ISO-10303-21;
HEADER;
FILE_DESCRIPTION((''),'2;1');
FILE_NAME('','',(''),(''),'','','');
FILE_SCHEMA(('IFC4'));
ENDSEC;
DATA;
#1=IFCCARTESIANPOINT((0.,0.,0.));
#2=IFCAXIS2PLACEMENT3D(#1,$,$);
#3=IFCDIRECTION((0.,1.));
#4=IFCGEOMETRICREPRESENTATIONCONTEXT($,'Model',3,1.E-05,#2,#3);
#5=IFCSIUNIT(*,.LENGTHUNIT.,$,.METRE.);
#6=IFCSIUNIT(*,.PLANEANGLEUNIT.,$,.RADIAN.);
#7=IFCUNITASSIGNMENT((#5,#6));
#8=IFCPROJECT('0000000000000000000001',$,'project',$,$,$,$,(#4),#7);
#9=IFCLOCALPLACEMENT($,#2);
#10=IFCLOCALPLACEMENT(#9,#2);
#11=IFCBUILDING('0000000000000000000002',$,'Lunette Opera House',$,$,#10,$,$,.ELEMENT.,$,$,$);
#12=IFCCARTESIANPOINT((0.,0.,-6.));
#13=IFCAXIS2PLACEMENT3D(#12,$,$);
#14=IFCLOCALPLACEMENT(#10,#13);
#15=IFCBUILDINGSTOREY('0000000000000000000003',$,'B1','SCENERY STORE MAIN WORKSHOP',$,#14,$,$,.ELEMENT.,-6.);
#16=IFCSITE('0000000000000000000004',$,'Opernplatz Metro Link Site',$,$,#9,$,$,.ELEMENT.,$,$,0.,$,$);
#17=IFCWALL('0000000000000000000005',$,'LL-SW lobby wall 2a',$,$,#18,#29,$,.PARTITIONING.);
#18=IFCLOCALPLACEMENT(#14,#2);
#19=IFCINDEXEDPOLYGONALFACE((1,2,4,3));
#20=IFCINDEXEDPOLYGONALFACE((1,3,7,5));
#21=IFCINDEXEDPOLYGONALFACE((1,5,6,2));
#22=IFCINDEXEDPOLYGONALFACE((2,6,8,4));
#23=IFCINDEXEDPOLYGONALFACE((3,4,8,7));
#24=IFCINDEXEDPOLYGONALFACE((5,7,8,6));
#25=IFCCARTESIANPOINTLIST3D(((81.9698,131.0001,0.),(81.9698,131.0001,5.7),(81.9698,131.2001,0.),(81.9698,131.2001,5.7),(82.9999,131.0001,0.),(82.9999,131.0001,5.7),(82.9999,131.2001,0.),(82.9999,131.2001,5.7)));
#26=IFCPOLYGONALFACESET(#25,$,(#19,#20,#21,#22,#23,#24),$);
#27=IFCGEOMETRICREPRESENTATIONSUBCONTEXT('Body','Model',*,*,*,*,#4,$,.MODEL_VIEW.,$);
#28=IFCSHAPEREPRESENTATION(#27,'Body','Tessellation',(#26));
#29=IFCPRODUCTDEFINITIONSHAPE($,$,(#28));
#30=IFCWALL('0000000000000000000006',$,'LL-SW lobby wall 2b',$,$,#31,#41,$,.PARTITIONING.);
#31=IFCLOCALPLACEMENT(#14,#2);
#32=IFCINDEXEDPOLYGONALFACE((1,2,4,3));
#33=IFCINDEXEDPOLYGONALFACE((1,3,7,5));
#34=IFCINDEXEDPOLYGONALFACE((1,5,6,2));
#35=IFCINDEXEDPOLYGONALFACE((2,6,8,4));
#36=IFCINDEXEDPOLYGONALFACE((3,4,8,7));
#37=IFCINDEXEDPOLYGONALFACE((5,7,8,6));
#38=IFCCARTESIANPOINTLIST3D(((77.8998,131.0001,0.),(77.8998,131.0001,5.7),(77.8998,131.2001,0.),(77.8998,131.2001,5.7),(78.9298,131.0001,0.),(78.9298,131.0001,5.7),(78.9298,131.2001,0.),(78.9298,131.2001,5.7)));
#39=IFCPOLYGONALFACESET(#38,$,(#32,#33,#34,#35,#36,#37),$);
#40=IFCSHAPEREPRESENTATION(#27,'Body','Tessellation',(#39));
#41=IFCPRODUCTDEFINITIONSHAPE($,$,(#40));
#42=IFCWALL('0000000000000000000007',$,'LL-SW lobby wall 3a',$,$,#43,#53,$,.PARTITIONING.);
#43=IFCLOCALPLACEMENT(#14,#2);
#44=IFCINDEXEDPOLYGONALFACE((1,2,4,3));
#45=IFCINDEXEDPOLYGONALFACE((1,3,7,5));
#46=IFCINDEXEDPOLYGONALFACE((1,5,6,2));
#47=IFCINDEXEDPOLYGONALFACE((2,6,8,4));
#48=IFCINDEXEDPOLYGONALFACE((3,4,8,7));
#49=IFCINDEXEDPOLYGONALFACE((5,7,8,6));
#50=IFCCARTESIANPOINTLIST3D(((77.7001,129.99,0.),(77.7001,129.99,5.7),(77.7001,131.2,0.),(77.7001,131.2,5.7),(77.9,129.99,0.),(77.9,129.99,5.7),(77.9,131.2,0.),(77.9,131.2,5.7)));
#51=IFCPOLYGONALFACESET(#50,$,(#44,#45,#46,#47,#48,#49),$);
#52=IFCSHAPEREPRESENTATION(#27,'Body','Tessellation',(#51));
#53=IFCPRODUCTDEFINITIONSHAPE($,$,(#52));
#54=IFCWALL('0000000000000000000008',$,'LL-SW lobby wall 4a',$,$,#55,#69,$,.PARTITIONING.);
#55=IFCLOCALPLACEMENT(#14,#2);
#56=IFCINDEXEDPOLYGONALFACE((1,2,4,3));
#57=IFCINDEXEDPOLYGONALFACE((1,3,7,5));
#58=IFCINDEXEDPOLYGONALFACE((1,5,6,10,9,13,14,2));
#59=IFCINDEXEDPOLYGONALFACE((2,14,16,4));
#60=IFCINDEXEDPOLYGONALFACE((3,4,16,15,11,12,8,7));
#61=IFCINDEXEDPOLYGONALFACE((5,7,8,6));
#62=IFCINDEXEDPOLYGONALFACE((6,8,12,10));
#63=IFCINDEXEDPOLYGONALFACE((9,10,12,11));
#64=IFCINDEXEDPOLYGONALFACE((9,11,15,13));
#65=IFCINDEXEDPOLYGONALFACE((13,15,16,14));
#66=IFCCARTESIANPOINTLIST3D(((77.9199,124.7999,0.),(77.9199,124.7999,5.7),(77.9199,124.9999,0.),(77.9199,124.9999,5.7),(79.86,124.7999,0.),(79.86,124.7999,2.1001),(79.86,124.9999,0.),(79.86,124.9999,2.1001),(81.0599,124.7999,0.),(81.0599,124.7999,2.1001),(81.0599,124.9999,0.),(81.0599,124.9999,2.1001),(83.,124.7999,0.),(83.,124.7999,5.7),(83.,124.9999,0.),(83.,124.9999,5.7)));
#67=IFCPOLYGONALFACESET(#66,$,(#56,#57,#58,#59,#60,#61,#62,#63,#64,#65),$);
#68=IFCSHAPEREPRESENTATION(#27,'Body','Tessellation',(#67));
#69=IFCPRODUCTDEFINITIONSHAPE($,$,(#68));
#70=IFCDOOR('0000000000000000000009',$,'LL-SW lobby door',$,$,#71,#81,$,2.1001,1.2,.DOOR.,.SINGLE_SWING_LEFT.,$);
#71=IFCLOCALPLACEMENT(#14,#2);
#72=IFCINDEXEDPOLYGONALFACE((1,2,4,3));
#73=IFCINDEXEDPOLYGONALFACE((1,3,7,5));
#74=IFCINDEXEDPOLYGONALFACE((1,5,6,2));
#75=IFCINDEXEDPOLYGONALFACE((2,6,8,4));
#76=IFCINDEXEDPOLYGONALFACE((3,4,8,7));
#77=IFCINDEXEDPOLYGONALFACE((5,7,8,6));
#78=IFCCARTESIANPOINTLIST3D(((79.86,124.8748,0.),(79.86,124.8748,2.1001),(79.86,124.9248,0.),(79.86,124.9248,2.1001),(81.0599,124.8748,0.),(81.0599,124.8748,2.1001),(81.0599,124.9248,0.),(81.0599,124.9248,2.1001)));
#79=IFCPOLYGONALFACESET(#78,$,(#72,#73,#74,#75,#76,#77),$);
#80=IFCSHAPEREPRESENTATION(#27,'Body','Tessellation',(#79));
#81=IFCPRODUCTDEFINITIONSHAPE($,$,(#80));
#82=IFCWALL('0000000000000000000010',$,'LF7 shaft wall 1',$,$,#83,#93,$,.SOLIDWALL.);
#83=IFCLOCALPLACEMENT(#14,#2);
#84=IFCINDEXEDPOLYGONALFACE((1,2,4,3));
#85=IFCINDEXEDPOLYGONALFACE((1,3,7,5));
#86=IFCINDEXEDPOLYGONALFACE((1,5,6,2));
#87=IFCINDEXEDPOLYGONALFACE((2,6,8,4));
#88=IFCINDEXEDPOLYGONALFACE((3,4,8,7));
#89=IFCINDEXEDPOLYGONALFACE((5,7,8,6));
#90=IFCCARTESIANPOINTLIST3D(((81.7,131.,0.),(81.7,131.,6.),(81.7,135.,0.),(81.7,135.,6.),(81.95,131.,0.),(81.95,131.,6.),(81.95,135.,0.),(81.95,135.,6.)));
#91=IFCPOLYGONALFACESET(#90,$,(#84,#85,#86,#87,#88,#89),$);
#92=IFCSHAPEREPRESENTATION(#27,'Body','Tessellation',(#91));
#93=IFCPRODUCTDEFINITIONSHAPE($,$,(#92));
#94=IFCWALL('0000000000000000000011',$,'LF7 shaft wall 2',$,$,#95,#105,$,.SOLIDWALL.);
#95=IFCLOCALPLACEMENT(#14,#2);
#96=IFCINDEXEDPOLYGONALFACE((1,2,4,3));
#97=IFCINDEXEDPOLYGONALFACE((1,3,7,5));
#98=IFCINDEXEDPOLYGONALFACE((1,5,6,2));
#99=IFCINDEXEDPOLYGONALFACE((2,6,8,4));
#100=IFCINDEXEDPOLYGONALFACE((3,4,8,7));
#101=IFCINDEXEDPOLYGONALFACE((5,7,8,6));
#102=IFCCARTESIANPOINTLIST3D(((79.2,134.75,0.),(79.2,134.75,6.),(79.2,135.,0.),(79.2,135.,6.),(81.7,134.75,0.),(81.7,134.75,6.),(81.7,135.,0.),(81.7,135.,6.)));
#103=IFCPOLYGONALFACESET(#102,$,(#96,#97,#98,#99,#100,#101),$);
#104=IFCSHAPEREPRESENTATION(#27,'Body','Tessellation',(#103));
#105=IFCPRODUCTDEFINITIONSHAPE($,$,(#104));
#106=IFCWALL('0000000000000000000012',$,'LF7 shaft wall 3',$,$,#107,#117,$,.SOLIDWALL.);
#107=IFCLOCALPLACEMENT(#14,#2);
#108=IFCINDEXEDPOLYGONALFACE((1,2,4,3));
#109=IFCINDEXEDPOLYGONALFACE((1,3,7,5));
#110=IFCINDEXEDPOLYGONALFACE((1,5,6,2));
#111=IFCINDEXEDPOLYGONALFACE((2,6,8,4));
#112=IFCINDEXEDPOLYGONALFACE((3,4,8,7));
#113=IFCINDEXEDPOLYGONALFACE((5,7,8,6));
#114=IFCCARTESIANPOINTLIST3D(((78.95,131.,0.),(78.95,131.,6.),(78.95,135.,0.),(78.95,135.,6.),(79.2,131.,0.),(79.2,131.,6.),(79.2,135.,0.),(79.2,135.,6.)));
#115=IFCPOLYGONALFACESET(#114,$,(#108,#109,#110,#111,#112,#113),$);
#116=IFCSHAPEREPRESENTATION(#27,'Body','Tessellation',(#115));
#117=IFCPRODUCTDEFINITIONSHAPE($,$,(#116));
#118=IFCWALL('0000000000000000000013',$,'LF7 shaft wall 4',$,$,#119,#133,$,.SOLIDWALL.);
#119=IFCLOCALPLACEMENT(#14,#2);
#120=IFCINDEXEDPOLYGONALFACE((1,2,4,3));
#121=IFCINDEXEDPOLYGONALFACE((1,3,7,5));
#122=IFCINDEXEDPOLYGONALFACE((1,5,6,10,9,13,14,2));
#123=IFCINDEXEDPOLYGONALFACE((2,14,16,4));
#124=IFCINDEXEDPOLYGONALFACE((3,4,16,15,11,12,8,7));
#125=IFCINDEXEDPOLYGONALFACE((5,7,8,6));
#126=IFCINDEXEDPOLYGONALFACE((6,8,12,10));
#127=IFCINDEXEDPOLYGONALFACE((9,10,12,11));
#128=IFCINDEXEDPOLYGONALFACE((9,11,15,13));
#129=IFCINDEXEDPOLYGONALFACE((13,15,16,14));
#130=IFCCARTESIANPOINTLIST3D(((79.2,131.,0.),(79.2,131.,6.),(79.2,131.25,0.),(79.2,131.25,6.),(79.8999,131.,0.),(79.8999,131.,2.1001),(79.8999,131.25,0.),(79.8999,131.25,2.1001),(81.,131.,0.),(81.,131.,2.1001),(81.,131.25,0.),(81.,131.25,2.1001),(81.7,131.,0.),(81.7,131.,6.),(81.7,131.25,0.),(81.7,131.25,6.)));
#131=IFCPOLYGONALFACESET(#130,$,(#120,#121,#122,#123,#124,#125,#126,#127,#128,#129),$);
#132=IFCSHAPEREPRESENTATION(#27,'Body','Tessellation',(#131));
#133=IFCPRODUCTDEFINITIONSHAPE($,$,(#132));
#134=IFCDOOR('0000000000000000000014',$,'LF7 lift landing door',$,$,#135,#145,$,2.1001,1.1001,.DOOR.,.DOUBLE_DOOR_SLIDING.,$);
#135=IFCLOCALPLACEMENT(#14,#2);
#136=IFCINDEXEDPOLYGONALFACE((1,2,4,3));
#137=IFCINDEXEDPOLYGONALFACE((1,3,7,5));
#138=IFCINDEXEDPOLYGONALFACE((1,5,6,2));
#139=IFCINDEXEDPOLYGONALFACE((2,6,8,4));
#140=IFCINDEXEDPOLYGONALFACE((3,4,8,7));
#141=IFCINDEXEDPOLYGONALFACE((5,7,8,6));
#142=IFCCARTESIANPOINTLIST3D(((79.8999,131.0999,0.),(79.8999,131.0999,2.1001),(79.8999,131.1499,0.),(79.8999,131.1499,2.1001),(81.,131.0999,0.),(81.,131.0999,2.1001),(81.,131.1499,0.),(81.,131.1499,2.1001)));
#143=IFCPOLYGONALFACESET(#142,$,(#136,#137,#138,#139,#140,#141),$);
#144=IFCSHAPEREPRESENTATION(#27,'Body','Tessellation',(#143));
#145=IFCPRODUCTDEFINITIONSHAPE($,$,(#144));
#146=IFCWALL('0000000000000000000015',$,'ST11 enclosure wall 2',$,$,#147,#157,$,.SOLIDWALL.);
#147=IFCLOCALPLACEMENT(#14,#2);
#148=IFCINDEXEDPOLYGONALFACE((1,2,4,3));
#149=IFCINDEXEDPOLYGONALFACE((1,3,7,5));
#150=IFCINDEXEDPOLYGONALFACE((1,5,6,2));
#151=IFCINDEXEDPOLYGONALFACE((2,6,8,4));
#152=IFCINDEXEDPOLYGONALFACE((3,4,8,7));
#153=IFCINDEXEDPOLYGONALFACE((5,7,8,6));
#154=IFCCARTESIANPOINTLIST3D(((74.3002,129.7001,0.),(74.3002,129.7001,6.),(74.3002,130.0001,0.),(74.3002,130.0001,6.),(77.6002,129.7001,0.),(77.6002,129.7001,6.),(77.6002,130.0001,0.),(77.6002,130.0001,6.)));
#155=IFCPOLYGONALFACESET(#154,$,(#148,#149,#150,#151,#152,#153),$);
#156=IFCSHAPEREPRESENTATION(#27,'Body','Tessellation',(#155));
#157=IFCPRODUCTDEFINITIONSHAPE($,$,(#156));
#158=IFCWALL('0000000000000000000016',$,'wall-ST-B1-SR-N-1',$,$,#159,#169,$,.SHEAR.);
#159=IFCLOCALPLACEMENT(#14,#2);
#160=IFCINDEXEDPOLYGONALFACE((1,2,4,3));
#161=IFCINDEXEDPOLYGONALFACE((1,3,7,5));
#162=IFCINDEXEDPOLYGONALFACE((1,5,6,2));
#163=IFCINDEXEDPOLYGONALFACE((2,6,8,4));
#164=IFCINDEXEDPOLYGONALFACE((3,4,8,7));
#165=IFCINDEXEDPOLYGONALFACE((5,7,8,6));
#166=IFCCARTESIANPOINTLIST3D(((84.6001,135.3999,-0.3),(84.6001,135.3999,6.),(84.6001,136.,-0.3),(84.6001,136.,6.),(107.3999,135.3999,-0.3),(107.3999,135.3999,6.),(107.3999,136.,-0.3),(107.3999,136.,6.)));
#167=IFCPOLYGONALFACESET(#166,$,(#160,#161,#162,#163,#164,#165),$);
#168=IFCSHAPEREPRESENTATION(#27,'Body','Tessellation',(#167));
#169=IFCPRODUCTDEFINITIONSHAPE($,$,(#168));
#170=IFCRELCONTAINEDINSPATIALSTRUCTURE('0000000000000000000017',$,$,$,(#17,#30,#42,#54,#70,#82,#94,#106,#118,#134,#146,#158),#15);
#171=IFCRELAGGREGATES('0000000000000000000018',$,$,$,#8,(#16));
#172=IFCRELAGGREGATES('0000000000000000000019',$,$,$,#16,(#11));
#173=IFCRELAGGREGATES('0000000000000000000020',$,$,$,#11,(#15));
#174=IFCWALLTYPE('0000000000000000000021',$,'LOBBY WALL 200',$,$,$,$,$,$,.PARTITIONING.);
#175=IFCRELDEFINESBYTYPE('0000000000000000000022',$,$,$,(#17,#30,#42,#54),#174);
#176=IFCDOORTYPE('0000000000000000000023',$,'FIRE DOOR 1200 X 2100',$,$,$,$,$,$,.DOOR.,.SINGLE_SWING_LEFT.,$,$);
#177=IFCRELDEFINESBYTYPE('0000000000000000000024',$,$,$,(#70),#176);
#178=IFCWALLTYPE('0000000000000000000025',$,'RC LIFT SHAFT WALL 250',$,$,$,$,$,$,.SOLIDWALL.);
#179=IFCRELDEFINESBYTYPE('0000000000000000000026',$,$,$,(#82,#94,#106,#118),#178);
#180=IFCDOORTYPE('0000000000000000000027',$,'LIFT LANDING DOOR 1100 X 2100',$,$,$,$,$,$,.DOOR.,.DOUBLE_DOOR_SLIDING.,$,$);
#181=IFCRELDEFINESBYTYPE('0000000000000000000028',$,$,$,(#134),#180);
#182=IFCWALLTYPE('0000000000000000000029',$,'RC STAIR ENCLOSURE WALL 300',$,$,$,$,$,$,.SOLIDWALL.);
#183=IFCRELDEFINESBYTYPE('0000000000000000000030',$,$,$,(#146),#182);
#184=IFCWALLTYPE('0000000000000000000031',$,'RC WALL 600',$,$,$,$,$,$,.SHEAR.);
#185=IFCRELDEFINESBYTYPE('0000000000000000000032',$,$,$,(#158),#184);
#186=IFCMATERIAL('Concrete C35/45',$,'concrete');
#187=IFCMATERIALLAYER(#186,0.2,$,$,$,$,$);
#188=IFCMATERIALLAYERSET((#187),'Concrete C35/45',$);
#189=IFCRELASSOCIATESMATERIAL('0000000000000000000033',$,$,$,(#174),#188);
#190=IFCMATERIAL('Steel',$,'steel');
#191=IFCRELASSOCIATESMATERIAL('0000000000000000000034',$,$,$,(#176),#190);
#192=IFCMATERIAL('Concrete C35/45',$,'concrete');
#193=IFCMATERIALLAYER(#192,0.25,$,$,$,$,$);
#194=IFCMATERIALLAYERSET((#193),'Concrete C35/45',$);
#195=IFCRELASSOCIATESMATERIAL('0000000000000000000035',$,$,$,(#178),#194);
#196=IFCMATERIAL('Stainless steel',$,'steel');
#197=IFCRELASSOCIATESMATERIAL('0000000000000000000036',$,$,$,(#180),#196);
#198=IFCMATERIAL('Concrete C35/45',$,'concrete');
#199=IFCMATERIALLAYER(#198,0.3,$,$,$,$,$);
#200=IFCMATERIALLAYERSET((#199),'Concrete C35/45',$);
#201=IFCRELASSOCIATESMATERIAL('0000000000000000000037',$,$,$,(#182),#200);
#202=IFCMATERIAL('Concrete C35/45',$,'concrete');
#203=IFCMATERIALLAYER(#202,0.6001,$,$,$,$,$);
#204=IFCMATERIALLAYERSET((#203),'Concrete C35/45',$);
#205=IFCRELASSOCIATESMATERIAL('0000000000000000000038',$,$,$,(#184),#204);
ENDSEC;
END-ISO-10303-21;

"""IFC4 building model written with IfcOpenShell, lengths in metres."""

from ifc_helpers import new_model, si_unit, direction, frame, frame_2d, origin, place, context, subcontext, project, spatial, rectangle, extrude, material, layer, layer_set, type_object, element, fill, save


model = new_model("IFC4")

# Units and contexts
model_context = context("Model", 3, precision=1e-05, world=origin(), true_north=direction((0.0, 1.0)))
body_context = subcontext(model_context, "Body", "Model", "MODEL_VIEW")
ifc_project = project(units=[si_unit("LENGTHUNIT", "METRE"), si_unit("PLANEANGLEUNIT", "RADIAN")], contexts=[model_context])

# Site, building, storey
site_placement = place(None, origin())
site = spatial("IfcSite", under=ifc_project, at=site_placement, Name="Opernplatz Metro Link Site", CompositionType="ELEMENT", RefElevation=0.0)
building_placement = place(site_placement, origin())
building = spatial("IfcBuilding", under=site, at=building_placement, Name="Lunette Opera House", CompositionType="ELEMENT")
storey_placement = place(building_placement, frame((0.0, 0.0, -6.0)))
storey = spatial("IfcBuildingStorey", under=building, at=storey_placement, Name="B1", Description="SCENERY STORE MAIN WORKSHOP", CompositionType="ELEMENT", Elevation=-6.0)

# Walls
ifc_material_1 = material(Name="Concrete C35/45", Category="concrete")
ifc_layer_1 = layer(ifc_material_1, 0.2)
ifc_layer_set_1 = layer_set([ifc_layer_1], Name="Concrete C35/45")
wall_type_1 = type_object("IfcWallType", Name="LOBBY WALL 200", PredefinedType="PARTITIONING", material=ifc_layer_set_1)
for number, where, z_axis, x_axis, name in (
    (1, (83.0, 131.1001, 0.0), (0.0, 0.0, 1.0), (-1.0, 0.0, 0.0), "LL-SW lobby wall 2a"),
    (2, (78.9299, 131.1001, 0.0), (0.0, 0.0, 1.0), (-1.0, 0.0, 0.0), "LL-SW lobby wall 2b"),
):
    element("IfcWall", number, at=place(storey_placement, frame(where, z_axis=z_axis, x_axis=x_axis)), inside=storey, type_object=wall_type_1, Name=name, PredefinedType="PARTITIONING", context=body_context, shape_type="SweptSolid", body=[
        extrude(rectangle(XDim=1.03, YDim=0.2, at=frame_2d((0.5151, 0.0))), origin(), (0.0, 0.0, 1.0), 5.7),
    ])
wall_1_placement = place(storey_placement, frame((77.8, 131.2, 0.0), z_axis=(0.0, 0.0, 1.0), x_axis=(0.0, -1.0, 0.0)))
element("IfcWall", 3, at=wall_1_placement, inside=storey, type_object=wall_type_1, Name="LL-SW lobby wall 3a", PredefinedType="PARTITIONING", context=body_context, shape_type="SweptSolid", body=[
    extrude(rectangle(XDim=1.21, YDim=0.2, at=frame_2d((0.605, 0.0))), origin(), (0.0, 0.0, 1.0), 5.7),
])

# Wall, opening, door
wall_2_placement = place(storey_placement, frame((77.9199, 124.8999, 0.0), z_axis=(0.0, 0.0, 1.0), x_axis=(1.0, 0.0, 0.0)))
wall_2 = element("IfcWall", 4, at=wall_2_placement, inside=storey, type_object=wall_type_1, Name="LL-SW lobby wall 4a", PredefinedType="PARTITIONING", context=body_context, shape_type="SweptSolid", body=[
    extrude(rectangle(XDim=5.0801, YDim=0.2, at=frame_2d((2.54, 0.0))), origin(), (0.0, 0.0, 1.0), 5.7),
])
opening_1_placement = place(wall_2_placement, frame((1.9399, 0.0, 0.0)))
opening_1 = element("IfcOpeningElement", 5, at=opening_1_placement, cuts=wall_2, PredefinedType="OPENING", context=body_context, shape_type="SweptSolid", body=[
    extrude(rectangle(XDim=1.2, YDim=2.1001, at=frame_2d((0.6001, 1.05))), frame((0.0, 0.1121, 0.0), z_axis=(0.0, -1.0, 0.0), x_axis=(1.0, 0.0, 0.0)), (0.0, 0.0, 1.0), 0.2239),
])
ifc_material_2 = material(Name="Steel", Category="steel")
door_type_1 = type_object("IfcDoorType", Name="FIRE DOOR 1200 X 2100", OperationType="SINGLE_SWING_LEFT", PredefinedType="DOOR", material=ifc_material_2)
door_1_placement = place(opening_1_placement, origin())
door_1 = element("IfcDoor", 6, at=door_1_placement, inside=storey, type_object=door_type_1, Name="LL-SW lobby door", OperationType="SINGLE_SWING_LEFT", OverallHeight=2.1001, OverallWidth=1.2, PredefinedType="DOOR", context=body_context, shape_type="SweptSolid", body=[
    extrude(rectangle(XDim=1.2, YDim=2.1001, at=frame_2d((0.6001, 1.05))), frame((0.0, 0.0249, 0.0), z_axis=(0.0, -1.0, 0.0), x_axis=(1.0, 0.0, 0.0)), (0.0, 0.0, 1.0), 0.05),
])
fill(opening_1, door_1)

# Walls
ifc_material_3 = material(Name="Concrete C35/45", Category="concrete")
ifc_layer_2 = layer(ifc_material_3, 0.25)
ifc_layer_set_2 = layer_set([ifc_layer_2], Name="Concrete C35/45")
wall_type_2 = type_object("IfcWallType", Name="RC LIFT SHAFT WALL 250", PredefinedType="SOLIDWALL", material=ifc_layer_set_2)
wall_3_placement = place(storey_placement, frame((81.825, 131.0, 0.0), z_axis=(0.0, 0.0, 1.0), x_axis=(0.0, 1.0, 0.0)))
element("IfcWall", 7, at=wall_3_placement, inside=storey, type_object=wall_type_2, Name="LF7 shaft wall 1", PredefinedType="SOLIDWALL", context=body_context, shape_type="SweptSolid", body=[
    extrude(rectangle(XDim=4.0, YDim=0.25, at=frame_2d((2.0, 0.0))), origin(), (0.0, 0.0, 1.0), 6.0),
])
wall_4_placement = place(storey_placement, frame((81.7, 134.875, 0.0), z_axis=(0.0, 0.0, 1.0), x_axis=(-1.0, 0.0, 0.0)))
element("IfcWall", 8, at=wall_4_placement, inside=storey, type_object=wall_type_2, Name="LF7 shaft wall 2", PredefinedType="SOLIDWALL", context=body_context, shape_type="SweptSolid", body=[
    extrude(rectangle(XDim=2.5, YDim=0.25, at=frame_2d((1.25, 0.0))), origin(), (0.0, 0.0, 1.0), 6.0),
])
wall_5_placement = place(storey_placement, frame((79.075, 135.0, 0.0), z_axis=(0.0, 0.0, 1.0), x_axis=(0.0, -1.0, 0.0)))
element("IfcWall", 9, at=wall_5_placement, inside=storey, type_object=wall_type_2, Name="LF7 shaft wall 3", PredefinedType="SOLIDWALL", context=body_context, shape_type="SweptSolid", body=[
    extrude(rectangle(XDim=4.0, YDim=0.25, at=frame_2d((2.0, 0.0))), origin(), (0.0, 0.0, 1.0), 6.0),
])

# Wall, opening, door
wall_6_placement = place(storey_placement, frame((79.2, 131.125, 0.0), z_axis=(0.0, 0.0, 1.0), x_axis=(1.0, 0.0, 0.0)))
wall_6 = element("IfcWall", 10, at=wall_6_placement, inside=storey, type_object=wall_type_2, Name="LF7 shaft wall 4", PredefinedType="SOLIDWALL", context=body_context, shape_type="SweptSolid", body=[
    extrude(rectangle(XDim=2.5, YDim=0.25, at=frame_2d((1.25, 0.0))), origin(), (0.0, 0.0, 1.0), 6.0),
])
opening_2_placement = place(wall_6_placement, frame((0.7, 0.0, 0.0)))
opening_2 = element("IfcOpeningElement", 11, at=opening_2_placement, cuts=wall_6, PredefinedType="OPENING", context=body_context, shape_type="SweptSolid", body=[
    extrude(rectangle(XDim=1.1001, YDim=2.1001, at=frame_2d((0.55, 1.05))), frame((0.0, 0.137, 0.0), z_axis=(0.0, -1.0, 0.0), x_axis=(1.0, 0.0, 0.0)), (0.0, 0.0, 1.0), 0.2739),
])
ifc_material_4 = material(Name="Stainless steel", Category="steel")
door_type_2 = type_object("IfcDoorType", Name="LIFT LANDING DOOR 1100 X 2100", OperationType="DOUBLE_DOOR_SLIDING", PredefinedType="DOOR", material=ifc_material_4)
door_2_placement = place(opening_2_placement, origin())
door_2 = element("IfcDoor", 12, at=door_2_placement, inside=storey, type_object=door_type_2, Name="LF7 lift landing door", OperationType="DOUBLE_DOOR_SLIDING", OverallHeight=2.1001, OverallWidth=1.1001, PredefinedType="DOOR", context=body_context, shape_type="SweptSolid", body=[
    extrude(rectangle(XDim=1.1001, YDim=2.1001, at=frame_2d((0.55, 1.05))), frame((0.0, 0.0249, 0.0), z_axis=(0.0, -1.0, 0.0), x_axis=(1.0, 0.0, 0.0)), (0.0, 0.0, 1.0), 0.05),
])
fill(opening_2, door_2)

# Walls
ifc_material_5 = material(Name="Concrete C35/45", Category="concrete")
ifc_layer_3 = layer(ifc_material_5, 0.3)
ifc_layer_set_3 = layer_set([ifc_layer_3], Name="Concrete C35/45")
wall_type_3 = type_object("IfcWallType", Name="RC STAIR ENCLOSURE WALL 300", PredefinedType="SOLIDWALL", material=ifc_layer_set_3)
wall_7_placement = place(storey_placement, frame((77.6001, 129.8501, 0.0), z_axis=(0.0, 0.0, 1.0), x_axis=(-1.0, 0.0, 0.0)))
element("IfcWall", 13, at=wall_7_placement, inside=storey, type_object=wall_type_3, Name="ST11 enclosure wall 2", PredefinedType="SOLIDWALL", context=body_context, shape_type="SweptSolid", body=[
    extrude(rectangle(XDim=3.3, YDim=0.3, at=frame_2d((1.6499, 0.0))), origin(), (0.0, 0.0, 1.0), 6.0),
])
ifc_material_6 = material(Name="Concrete C35/45", Category="concrete")
ifc_layer_4 = layer(ifc_material_6, 0.6001)
ifc_layer_set_4 = layer_set([ifc_layer_4], Name="Concrete C35/45")
wall_type_4 = type_object("IfcWallType", Name="RC WALL 600", PredefinedType="SHEAR", material=ifc_layer_set_4)
wall_8_placement = place(storey_placement, frame((84.6001, 135.7, -0.3), z_axis=(0.0, 0.0, 1.0), x_axis=(1.0, 0.0, 0.0)))
element("IfcWall", 14, at=wall_8_placement, inside=storey, type_object=wall_type_4, Name="wall-ST-B1-SR-N-1", PredefinedType="SHEAR", context=body_context, shape_type="SweptSolid", body=[
    extrude(rectangle(XDim=22.7998, YDim=0.6001, at=frame_2d((11.3999, 0.0))), origin(), (0.0, 0.0, 1.0), 6.3),
])

save(model, "model.ifc")
